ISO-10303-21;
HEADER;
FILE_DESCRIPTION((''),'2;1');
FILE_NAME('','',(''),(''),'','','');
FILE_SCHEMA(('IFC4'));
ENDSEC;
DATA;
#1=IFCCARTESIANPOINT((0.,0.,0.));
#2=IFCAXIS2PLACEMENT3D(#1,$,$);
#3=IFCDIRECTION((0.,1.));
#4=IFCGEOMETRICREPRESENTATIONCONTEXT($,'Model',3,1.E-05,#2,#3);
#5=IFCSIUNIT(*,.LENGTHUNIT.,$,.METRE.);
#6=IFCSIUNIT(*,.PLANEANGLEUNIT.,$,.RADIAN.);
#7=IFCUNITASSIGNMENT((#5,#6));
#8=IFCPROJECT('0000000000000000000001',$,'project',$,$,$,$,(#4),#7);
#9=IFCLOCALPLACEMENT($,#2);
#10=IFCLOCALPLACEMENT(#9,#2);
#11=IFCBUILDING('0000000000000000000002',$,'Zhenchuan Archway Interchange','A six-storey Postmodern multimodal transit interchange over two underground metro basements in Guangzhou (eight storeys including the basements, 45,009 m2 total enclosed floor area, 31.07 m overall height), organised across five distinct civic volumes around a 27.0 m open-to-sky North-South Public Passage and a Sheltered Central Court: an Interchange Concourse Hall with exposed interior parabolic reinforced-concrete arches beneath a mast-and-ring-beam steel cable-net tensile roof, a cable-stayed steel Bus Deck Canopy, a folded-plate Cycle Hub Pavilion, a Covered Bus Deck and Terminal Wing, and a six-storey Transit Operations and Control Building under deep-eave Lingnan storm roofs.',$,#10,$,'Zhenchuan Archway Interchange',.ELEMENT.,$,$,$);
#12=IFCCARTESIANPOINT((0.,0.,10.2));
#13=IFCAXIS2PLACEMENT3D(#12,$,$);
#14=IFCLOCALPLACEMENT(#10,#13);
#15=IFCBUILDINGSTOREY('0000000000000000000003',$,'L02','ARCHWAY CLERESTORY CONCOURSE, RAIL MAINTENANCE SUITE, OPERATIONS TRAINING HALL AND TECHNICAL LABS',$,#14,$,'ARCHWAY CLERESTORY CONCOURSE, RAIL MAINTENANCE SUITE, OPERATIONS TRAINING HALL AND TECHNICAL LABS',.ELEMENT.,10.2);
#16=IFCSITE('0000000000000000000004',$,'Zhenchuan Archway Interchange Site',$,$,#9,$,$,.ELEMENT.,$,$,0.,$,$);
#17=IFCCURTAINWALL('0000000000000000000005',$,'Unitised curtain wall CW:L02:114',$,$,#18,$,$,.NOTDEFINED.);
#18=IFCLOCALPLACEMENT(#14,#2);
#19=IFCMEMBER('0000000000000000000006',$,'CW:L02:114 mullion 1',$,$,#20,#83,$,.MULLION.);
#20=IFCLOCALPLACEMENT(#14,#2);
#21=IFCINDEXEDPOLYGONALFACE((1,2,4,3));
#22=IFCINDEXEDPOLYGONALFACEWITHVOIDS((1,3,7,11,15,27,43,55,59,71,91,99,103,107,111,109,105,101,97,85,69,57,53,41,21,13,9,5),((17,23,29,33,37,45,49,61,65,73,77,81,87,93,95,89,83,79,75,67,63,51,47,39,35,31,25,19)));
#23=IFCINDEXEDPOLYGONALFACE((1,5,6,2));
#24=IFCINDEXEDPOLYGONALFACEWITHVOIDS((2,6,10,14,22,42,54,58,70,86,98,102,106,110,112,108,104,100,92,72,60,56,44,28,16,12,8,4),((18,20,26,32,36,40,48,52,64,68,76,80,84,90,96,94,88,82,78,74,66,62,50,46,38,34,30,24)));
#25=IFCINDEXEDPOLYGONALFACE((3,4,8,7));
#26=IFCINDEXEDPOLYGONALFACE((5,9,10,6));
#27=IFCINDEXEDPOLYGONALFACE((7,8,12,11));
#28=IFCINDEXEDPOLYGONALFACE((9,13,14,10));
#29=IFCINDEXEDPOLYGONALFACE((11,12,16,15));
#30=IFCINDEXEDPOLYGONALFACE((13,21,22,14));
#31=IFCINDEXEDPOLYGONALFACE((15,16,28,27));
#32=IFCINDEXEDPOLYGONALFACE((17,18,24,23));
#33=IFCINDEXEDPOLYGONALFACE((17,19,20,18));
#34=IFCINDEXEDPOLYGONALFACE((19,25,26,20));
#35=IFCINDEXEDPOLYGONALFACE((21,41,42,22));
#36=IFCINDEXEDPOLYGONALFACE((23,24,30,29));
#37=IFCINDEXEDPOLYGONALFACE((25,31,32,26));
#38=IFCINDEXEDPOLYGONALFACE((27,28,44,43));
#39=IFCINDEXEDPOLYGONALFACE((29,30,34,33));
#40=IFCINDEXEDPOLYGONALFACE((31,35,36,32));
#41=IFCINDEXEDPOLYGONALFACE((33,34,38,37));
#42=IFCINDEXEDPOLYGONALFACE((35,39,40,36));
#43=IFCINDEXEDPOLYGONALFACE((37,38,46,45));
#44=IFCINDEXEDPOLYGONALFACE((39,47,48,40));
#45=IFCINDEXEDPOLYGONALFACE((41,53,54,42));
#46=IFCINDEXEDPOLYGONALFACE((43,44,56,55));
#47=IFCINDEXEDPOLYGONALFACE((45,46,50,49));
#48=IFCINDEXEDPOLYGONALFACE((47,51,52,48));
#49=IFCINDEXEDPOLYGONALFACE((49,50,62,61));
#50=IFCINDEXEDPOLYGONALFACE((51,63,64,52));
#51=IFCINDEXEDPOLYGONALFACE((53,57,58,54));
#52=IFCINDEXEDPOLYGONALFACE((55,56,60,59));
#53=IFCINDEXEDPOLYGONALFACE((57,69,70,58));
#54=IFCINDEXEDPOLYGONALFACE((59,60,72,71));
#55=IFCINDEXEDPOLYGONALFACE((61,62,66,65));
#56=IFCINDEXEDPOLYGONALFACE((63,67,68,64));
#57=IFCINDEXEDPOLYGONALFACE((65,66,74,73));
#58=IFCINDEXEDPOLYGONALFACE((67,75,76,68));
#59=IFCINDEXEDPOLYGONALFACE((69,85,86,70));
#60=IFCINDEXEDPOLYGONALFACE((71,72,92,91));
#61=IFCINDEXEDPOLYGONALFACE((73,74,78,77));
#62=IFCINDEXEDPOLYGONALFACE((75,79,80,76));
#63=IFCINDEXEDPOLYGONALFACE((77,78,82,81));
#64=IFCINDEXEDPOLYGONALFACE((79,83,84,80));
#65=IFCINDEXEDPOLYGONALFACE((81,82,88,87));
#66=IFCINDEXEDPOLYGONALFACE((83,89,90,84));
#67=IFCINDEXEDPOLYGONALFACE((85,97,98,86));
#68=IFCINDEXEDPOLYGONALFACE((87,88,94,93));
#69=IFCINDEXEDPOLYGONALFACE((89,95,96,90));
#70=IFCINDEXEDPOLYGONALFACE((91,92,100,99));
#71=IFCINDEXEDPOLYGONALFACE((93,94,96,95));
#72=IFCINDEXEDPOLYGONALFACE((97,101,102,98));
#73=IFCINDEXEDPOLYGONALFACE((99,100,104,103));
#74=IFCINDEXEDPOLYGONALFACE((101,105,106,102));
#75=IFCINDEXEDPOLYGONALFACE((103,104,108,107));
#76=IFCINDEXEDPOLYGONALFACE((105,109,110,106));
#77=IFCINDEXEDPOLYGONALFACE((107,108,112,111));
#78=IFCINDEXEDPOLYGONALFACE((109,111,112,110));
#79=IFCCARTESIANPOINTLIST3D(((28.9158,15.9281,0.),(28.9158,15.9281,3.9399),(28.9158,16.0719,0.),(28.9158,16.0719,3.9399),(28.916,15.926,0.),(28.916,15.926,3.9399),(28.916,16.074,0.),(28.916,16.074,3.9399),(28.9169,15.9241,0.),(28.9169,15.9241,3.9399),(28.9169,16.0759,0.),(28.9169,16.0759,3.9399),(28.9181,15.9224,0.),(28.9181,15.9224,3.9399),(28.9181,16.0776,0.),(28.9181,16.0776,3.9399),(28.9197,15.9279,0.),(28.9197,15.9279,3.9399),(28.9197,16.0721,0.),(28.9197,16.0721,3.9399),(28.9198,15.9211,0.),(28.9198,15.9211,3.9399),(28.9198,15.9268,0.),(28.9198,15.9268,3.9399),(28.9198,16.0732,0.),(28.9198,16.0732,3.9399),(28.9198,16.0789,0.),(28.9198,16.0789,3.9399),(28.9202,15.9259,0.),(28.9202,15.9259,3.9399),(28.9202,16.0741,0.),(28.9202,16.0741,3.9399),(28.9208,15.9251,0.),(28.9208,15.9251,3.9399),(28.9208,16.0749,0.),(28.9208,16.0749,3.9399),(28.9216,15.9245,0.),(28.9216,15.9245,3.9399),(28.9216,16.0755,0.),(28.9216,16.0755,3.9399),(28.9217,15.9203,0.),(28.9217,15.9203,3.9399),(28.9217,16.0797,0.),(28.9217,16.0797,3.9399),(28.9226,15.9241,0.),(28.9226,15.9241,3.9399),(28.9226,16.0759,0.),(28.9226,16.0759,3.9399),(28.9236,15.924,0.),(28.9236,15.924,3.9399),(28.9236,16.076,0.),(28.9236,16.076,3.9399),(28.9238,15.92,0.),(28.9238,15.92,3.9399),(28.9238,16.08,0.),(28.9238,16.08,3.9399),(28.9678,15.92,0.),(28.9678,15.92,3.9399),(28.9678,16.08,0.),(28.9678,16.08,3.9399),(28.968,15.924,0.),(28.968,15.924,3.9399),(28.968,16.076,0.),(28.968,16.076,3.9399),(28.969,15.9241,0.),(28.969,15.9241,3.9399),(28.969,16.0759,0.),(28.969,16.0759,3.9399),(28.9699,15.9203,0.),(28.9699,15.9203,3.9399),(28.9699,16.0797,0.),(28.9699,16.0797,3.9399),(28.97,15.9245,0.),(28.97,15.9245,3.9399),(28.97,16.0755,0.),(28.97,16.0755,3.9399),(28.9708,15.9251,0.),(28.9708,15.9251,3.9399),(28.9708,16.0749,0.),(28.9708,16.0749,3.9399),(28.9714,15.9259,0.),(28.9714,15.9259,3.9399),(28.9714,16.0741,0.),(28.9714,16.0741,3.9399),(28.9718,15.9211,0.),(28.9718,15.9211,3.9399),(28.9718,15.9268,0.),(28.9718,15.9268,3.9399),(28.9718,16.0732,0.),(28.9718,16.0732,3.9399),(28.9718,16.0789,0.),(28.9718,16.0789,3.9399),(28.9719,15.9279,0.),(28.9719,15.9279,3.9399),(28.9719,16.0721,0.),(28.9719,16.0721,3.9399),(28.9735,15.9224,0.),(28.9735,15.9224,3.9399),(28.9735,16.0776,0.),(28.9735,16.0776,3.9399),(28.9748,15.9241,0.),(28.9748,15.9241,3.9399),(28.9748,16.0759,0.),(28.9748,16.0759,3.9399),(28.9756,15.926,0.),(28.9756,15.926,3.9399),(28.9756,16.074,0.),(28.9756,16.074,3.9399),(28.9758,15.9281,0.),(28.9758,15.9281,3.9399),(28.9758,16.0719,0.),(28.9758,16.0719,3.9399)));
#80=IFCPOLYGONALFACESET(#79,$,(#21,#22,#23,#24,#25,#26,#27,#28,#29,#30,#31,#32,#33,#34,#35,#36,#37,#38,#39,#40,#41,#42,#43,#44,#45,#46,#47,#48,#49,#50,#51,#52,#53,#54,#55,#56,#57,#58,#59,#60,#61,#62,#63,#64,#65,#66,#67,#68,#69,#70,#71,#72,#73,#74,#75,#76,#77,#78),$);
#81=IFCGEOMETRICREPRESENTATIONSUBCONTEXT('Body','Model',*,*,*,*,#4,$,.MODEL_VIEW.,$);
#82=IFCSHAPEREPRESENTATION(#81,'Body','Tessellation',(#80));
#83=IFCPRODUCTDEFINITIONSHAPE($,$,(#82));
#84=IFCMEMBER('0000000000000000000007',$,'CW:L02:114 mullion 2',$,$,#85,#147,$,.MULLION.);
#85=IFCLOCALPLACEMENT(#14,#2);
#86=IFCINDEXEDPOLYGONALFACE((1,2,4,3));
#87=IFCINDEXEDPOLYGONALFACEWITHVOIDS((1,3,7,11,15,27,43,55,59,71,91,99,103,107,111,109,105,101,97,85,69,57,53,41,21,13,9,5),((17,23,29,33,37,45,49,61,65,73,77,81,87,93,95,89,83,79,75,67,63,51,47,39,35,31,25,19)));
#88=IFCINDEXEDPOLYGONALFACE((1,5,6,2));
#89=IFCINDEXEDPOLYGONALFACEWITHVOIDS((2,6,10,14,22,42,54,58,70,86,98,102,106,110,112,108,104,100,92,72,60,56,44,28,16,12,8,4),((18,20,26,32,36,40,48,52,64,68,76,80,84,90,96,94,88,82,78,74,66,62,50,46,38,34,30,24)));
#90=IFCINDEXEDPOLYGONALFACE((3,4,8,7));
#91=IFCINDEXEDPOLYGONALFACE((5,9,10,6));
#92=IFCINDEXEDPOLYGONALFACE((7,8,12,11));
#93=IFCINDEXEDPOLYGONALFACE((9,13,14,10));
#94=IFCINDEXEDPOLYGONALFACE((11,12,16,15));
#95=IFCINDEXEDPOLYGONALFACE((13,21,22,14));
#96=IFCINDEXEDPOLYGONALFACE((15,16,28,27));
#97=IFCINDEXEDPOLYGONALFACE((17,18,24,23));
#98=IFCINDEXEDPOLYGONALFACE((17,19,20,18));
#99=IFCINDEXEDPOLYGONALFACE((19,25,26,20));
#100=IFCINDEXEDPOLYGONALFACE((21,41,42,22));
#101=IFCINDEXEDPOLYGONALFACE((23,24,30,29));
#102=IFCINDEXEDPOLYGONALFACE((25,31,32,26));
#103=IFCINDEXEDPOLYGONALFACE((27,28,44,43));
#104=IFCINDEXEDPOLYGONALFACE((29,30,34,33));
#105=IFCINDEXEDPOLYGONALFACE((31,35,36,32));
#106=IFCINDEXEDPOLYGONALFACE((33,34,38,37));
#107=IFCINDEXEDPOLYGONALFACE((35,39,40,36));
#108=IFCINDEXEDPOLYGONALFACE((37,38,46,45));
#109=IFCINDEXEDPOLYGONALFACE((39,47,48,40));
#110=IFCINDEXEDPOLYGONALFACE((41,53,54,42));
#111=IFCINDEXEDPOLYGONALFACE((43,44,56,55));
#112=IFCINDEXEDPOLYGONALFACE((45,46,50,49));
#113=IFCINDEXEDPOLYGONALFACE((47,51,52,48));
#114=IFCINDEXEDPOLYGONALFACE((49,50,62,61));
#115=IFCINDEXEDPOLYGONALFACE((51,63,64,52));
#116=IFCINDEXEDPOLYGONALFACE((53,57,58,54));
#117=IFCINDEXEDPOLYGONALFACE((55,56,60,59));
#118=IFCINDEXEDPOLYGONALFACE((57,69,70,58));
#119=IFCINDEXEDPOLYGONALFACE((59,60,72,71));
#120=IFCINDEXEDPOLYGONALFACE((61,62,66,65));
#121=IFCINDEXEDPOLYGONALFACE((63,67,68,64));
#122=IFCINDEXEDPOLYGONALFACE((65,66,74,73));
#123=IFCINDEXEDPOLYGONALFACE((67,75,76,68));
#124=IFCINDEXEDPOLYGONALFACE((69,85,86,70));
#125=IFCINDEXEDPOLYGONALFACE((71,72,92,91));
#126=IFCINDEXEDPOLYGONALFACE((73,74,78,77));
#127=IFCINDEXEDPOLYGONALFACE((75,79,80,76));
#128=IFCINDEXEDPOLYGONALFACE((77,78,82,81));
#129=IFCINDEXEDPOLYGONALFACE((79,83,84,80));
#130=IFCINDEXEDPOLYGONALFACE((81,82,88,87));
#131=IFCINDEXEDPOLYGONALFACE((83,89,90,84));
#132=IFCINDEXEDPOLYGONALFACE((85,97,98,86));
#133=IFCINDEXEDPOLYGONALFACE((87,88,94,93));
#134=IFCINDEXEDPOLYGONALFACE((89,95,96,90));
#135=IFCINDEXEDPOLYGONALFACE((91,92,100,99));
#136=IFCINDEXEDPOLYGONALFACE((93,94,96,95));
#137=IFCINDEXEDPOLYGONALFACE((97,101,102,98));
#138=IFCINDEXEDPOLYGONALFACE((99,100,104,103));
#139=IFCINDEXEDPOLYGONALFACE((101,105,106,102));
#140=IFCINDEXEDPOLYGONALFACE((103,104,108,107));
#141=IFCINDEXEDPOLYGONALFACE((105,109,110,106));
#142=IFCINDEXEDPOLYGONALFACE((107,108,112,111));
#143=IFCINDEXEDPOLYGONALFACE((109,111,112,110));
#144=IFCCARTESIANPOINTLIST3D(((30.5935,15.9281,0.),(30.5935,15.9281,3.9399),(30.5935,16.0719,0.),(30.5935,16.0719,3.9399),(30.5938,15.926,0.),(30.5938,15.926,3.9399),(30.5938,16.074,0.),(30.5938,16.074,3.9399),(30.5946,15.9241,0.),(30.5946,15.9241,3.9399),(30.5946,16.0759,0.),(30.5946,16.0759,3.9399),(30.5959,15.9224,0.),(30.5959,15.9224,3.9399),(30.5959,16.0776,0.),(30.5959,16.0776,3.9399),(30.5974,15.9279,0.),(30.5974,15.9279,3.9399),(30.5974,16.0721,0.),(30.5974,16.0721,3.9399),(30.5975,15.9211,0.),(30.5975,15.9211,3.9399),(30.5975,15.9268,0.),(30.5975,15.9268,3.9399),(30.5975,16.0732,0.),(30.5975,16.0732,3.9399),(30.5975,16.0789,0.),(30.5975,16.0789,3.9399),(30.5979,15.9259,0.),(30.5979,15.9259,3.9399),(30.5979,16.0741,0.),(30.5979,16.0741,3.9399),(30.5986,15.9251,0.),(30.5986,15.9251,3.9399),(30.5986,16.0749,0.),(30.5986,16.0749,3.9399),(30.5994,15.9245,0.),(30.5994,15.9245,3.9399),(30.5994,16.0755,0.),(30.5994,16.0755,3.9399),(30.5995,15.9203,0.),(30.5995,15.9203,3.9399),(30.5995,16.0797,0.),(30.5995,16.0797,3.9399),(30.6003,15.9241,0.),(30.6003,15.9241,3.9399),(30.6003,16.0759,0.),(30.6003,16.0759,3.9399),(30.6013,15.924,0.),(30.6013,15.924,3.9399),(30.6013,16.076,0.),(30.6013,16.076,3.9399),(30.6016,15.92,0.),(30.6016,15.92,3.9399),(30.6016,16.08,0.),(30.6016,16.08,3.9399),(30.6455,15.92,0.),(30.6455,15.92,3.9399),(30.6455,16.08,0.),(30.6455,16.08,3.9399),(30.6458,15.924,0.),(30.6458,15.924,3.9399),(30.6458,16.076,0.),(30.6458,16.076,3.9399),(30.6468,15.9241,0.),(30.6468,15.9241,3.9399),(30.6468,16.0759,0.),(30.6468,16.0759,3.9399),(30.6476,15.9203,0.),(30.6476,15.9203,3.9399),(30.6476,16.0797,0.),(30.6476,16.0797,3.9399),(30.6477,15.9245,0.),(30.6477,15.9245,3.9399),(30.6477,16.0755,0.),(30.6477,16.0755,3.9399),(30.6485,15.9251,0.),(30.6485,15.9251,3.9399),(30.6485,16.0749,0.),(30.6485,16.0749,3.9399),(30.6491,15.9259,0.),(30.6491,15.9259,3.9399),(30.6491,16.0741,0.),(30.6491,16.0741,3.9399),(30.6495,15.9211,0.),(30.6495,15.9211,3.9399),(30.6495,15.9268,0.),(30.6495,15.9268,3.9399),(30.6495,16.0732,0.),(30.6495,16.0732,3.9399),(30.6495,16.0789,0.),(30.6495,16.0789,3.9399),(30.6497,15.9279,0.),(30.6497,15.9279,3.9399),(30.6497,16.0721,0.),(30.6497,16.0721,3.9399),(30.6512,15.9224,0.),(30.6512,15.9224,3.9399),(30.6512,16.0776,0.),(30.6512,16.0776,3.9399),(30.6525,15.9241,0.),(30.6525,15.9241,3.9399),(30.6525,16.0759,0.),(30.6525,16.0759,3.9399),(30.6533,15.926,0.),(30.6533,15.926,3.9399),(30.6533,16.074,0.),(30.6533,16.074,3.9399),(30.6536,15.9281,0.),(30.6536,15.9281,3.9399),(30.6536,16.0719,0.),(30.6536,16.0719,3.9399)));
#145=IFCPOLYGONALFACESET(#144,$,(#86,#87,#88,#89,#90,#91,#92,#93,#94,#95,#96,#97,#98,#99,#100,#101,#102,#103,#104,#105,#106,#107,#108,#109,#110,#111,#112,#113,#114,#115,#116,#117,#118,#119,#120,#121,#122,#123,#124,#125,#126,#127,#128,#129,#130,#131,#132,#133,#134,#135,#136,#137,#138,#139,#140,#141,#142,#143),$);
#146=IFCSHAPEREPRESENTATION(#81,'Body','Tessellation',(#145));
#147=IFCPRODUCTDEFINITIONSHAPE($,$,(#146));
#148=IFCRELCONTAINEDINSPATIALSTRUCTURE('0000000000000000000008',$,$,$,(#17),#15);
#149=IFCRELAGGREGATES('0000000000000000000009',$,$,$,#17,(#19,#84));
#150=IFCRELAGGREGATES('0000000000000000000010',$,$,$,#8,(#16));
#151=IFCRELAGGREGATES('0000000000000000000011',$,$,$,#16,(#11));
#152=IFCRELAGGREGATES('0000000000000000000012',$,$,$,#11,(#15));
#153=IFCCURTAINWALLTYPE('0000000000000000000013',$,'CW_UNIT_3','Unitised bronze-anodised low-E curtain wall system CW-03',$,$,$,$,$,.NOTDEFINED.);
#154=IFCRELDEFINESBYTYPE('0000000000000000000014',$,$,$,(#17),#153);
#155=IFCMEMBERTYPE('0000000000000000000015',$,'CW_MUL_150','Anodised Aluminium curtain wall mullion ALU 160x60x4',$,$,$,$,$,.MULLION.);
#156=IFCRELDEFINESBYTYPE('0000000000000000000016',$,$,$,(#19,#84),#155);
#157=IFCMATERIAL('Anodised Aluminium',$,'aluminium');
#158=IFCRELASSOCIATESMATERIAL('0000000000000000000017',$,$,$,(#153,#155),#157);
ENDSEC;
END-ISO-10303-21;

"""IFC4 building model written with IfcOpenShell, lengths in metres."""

from ifc_helpers import new_model, si_unit, direction, frame, origin, origin_2d, place, context, subcontext, project, spatial, hollow_rectangle, extrude, material, material_profile, profile_set, type_object, element, aggregate, save


model = new_model("IFC4")

# Units and contexts
model_context = context("Model", 3, precision=1e-05, world=origin(), true_north=direction((0.0, 1.0)))
body_context = subcontext(model_context, "Body", "Model", "MODEL_VIEW")
ifc_project = project(units=[si_unit("LENGTHUNIT", "METRE"), si_unit("PLANEANGLEUNIT", "RADIAN")], contexts=[model_context])

# Site, building, storey
site_placement = place(None, origin())
site = spatial("IfcSite", under=ifc_project, at=site_placement, Name="Zhenchuan Archway Interchange Site", CompositionType="ELEMENT", RefElevation=0.0)
building_placement = place(site_placement, origin())
building = spatial("IfcBuilding", under=site, at=building_placement, Name="Zhenchuan Archway Interchange", Description="A six-storey Postmodern multimodal transit interchange over two underground metro basements in Guangzhou (eight storeys including the basements, 45,009 m2 total enclosed floor area, 31.07 m overall height), organised across five distinct civic volumes around a 27.0 m open-to-sky North-South Public Passage and a Sheltered Central Court: an Interchange Concourse Hall with exposed interior parabolic reinforced-concrete arches beneath a mast-and-ring-beam steel cable-net tensile roof, a cable-stayed steel Bus Deck Canopy, a folded-plate Cycle Hub Pavilion, a Covered Bus Deck and Terminal Wing, and a six-storey Transit Operations and Control Building under deep-eave Lingnan storm roofs.", LongName="Zhenchuan Archway Interchange", CompositionType="ELEMENT")
storey_placement = place(building_placement, frame((0.0, 0.0, 10.2)))
storey = spatial("IfcBuildingStorey", under=building, at=storey_placement, Name="L02", Description="ARCHWAY CLERESTORY CONCOURSE, RAIL MAINTENANCE SUITE, OPERATIONS TRAINING HALL AND TECHNICAL LABS", LongName="ARCHWAY CLERESTORY CONCOURSE, RAIL MAINTENANCE SUITE, OPERATIONS TRAINING HALL AND TECHNICAL LABS", CompositionType="ELEMENT", Elevation=10.2)

# Curtain wall, members
ifc_material_1 = material(Name="Anodised Aluminium", Category="aluminium")
curtain_wall_type = type_object("IfcCurtainWallType", Name="CW_UNIT_3", Description="Unitised bronze-anodised low-E curtain wall system CW-03", PredefinedType="NOTDEFINED", material=ifc_material_1)
curtain_wall_placement = place(storey_placement, origin())
curtain_wall = element("IfcCurtainWall", 1, at=curtain_wall_placement, inside=storey, type_object=curtain_wall_type, Name="Unitised curtain wall CW:L02:114", PredefinedType="NOTDEFINED")
ifc_material_profile_1 = material_profile(ifc_material_1, hollow_rectangle(XDim=0.0601, YDim=0.1599, WallThickness=0.0039, InnerFilletRadius=0.0039, OuterFilletRadius=0.0081, at=origin_2d()), Name="ALU 160x60x4")
ifc_profile_set_1 = profile_set([ifc_material_profile_1], Name="Anodised Aluminium")
member_type_1 = type_object("IfcMemberType", Name="CW_MUL_150", Description="Anodised Aluminium curtain wall mullion ALU 160x60x4", PredefinedType="MULLION", material=ifc_profile_set_1)
member_1_placement = place(storey_placement, frame((28.9458, 16.0, 0.0), z_axis=(0.0, 0.0, 1.0), x_axis=(1.0, 0.0, 0.0)))
member_1 = element("IfcMember", 2, at=member_1_placement, type_object=member_type_1, Name="CW:L02:114 mullion 1", PredefinedType="MULLION", context=body_context, shape_type="SweptSolid", body=[
    extrude(hollow_rectangle(XDim=0.0601, YDim=0.1599, WallThickness=0.0039, InnerFilletRadius=0.0039, OuterFilletRadius=0.0081, at=origin_2d()), origin(), (0.0, 0.0, 1.0), 3.9399),
])
member_2_placement = place(storey_placement, frame((30.6235, 16.0, 0.0), z_axis=(0.0, 0.0, 1.0), x_axis=(1.0, 0.0, 0.0)))
member_2 = element("IfcMember", 3, at=member_2_placement, type_object=member_type_1, Name="CW:L02:114 mullion 2", PredefinedType="MULLION", context=body_context, shape_type="SweptSolid", body=[
    extrude(hollow_rectangle(XDim=0.0601, YDim=0.1599, WallThickness=0.0039, InnerFilletRadius=0.0039, OuterFilletRadius=0.0081, at=origin_2d()), origin(), (0.0, 0.0, 1.0), 3.9399),
])
aggregate(curtain_wall, [member_1, member_2])

save(model, "model.ifc")
